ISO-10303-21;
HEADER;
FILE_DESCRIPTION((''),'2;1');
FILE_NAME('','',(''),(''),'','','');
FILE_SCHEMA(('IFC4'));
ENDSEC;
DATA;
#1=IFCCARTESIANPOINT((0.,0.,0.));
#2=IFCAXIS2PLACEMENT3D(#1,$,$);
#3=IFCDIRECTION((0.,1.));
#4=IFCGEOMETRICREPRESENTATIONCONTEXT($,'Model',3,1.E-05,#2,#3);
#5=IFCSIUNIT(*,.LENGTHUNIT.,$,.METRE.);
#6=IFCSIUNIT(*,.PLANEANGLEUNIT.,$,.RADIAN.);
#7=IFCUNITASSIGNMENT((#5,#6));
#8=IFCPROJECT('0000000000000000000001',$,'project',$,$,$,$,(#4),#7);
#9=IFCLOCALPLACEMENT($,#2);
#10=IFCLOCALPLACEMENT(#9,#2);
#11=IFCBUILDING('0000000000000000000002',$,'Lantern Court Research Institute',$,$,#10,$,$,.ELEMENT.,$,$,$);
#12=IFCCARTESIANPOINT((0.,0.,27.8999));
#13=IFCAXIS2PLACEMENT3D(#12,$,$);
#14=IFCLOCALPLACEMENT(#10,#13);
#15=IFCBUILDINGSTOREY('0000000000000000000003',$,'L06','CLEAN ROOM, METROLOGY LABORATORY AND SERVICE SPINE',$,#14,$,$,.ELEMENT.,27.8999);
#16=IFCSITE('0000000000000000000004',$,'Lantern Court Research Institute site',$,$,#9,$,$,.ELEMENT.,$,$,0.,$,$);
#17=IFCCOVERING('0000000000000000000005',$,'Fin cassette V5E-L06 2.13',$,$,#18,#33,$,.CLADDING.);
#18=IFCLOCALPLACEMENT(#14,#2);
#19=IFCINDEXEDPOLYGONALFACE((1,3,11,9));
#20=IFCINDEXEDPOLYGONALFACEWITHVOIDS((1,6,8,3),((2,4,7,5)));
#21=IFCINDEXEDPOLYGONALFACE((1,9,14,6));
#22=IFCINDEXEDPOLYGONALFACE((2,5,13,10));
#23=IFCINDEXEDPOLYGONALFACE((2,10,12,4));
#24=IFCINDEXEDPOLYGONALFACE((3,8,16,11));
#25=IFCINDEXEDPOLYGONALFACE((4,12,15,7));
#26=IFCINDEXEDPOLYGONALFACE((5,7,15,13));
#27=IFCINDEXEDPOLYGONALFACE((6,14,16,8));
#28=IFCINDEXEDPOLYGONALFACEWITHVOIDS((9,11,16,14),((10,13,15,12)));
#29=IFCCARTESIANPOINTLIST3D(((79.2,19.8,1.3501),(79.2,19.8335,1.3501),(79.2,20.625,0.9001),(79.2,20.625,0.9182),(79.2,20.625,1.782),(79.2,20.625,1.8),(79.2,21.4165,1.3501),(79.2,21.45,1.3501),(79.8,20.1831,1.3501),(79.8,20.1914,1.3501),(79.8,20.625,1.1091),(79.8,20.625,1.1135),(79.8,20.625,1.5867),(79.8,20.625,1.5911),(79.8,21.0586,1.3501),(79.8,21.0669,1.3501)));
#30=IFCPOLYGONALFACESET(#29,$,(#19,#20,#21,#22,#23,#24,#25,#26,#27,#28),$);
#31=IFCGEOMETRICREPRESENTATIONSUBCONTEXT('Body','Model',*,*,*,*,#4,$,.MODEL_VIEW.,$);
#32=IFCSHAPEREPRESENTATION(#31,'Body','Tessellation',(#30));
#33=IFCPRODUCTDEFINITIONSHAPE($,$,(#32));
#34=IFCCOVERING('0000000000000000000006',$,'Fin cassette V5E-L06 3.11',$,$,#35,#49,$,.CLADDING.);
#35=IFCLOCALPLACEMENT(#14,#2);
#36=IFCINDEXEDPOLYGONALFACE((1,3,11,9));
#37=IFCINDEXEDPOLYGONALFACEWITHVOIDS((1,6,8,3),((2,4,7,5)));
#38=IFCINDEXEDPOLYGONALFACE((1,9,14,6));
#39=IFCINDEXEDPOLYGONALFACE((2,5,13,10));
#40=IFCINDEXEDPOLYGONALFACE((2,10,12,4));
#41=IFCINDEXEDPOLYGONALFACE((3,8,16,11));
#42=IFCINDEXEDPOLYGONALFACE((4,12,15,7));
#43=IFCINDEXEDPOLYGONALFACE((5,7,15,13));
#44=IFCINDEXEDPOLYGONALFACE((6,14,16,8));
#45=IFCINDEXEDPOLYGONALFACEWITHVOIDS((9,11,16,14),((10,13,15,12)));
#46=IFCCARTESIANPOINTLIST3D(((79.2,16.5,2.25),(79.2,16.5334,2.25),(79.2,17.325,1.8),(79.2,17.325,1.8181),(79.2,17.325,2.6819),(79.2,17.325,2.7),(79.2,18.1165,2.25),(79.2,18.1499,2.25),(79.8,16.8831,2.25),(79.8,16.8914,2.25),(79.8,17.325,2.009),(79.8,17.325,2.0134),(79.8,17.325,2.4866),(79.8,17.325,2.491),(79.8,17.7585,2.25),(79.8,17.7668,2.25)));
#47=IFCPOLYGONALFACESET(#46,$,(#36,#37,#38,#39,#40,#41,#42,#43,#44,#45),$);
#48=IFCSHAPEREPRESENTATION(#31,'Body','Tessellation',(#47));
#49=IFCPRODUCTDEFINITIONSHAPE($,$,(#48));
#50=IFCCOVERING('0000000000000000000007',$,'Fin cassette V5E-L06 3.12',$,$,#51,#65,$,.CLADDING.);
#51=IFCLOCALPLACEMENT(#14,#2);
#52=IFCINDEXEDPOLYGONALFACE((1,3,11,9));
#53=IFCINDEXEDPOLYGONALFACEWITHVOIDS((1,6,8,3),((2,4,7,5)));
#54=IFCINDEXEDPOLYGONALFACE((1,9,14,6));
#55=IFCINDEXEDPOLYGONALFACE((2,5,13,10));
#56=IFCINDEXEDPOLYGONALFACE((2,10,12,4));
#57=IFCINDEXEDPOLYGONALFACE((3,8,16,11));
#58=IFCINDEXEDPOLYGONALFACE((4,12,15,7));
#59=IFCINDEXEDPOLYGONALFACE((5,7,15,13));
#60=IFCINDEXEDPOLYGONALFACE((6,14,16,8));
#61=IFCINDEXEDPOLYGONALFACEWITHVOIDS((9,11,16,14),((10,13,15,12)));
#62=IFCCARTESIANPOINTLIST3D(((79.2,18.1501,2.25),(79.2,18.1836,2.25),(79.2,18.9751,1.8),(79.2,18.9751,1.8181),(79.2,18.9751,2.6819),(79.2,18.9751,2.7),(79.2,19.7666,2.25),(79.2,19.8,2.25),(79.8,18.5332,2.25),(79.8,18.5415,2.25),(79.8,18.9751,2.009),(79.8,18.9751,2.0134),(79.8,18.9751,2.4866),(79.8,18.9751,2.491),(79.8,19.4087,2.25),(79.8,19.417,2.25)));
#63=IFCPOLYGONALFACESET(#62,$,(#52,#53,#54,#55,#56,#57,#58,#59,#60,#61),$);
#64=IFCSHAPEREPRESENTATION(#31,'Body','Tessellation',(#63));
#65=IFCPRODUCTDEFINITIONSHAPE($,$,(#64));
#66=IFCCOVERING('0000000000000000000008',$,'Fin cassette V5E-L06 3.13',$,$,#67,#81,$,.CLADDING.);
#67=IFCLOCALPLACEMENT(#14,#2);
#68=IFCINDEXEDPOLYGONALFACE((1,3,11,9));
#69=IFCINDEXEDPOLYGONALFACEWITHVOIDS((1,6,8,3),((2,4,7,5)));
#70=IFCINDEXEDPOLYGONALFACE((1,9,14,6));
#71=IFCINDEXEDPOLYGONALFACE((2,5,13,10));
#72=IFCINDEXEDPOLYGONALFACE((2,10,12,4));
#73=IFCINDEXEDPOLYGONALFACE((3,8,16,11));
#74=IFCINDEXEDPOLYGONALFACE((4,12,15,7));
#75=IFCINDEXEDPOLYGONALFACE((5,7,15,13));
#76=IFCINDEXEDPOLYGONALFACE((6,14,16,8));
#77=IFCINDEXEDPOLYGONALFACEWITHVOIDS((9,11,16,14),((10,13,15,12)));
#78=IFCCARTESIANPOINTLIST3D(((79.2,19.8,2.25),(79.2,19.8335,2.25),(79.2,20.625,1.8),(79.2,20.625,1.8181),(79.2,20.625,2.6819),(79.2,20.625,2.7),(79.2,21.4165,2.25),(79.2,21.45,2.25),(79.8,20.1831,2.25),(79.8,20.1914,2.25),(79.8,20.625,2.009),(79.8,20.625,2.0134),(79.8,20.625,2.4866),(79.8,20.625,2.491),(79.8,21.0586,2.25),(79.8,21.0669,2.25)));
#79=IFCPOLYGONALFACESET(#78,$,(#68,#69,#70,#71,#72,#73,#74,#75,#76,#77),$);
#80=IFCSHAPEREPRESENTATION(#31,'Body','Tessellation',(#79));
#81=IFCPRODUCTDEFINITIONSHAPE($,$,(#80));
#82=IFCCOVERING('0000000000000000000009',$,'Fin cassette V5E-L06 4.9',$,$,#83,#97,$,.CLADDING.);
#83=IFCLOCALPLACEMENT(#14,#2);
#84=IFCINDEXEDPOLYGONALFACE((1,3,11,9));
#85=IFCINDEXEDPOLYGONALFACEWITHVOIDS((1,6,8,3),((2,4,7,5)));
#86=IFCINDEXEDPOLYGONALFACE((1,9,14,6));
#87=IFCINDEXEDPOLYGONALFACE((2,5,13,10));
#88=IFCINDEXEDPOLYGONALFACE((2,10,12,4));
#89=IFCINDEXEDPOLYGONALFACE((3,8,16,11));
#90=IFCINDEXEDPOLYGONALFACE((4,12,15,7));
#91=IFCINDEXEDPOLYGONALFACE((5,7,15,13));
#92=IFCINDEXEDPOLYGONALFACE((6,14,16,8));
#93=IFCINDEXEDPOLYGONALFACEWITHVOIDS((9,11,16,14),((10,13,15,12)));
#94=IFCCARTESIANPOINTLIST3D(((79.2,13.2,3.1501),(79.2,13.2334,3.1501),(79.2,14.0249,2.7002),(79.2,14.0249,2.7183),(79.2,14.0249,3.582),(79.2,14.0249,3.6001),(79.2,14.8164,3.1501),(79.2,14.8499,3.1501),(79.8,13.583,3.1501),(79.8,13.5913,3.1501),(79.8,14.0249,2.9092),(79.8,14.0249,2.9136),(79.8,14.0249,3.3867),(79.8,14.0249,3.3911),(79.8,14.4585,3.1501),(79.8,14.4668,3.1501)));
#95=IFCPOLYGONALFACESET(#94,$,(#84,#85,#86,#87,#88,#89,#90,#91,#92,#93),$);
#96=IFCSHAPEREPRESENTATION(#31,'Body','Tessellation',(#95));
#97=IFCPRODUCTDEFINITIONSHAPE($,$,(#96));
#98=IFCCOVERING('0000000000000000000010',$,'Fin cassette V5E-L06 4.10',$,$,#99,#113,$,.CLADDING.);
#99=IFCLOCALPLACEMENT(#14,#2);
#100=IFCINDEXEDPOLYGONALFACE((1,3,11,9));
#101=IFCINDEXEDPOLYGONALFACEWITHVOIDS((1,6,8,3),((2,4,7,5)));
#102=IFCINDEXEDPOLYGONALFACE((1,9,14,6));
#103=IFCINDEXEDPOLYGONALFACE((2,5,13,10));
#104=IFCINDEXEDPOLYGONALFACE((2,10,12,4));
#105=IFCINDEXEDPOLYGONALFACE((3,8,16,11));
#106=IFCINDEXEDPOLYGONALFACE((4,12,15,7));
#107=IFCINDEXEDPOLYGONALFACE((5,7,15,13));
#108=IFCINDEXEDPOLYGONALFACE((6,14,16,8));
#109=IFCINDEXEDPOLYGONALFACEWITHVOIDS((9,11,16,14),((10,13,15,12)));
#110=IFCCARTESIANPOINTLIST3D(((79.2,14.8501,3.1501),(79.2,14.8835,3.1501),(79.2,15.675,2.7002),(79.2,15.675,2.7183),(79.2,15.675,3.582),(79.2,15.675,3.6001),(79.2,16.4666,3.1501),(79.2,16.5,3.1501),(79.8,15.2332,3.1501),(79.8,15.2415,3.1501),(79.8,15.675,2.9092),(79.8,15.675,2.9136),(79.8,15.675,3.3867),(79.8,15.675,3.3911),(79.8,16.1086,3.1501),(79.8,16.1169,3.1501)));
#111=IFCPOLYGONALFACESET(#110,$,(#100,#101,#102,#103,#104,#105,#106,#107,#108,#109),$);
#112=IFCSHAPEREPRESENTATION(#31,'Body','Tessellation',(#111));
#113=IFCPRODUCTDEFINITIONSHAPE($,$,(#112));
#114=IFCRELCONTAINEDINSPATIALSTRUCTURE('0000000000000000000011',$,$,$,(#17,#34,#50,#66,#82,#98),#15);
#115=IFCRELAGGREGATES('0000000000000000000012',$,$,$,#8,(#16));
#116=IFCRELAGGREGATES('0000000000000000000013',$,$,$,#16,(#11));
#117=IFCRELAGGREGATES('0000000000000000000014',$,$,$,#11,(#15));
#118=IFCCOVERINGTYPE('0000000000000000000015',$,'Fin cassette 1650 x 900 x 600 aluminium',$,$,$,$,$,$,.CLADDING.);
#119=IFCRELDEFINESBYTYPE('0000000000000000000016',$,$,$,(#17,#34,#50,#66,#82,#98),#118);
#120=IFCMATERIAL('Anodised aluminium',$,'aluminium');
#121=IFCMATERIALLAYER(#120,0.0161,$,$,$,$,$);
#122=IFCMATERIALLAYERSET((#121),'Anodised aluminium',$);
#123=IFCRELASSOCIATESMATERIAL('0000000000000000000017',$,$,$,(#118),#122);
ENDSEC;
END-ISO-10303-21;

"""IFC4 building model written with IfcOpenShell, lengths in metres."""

from ifc_helpers import new_model, entity, si_unit, direction, frame, origin, place, context, subcontext, project, spatial, material, layer, layer_set, type_object, element, save


model = new_model("IFC4")

# Units and contexts
model_context = context("Model", 3, precision=1e-05, world=origin(), true_north=direction((0.0, 1.0)))
body_context = subcontext(model_context, "Body", "Model", "MODEL_VIEW")
ifc_project = project(units=[si_unit("LENGTHUNIT", "METRE"), si_unit("PLANEANGLEUNIT", "RADIAN")], contexts=[model_context])

# Site, building, storey
site_placement = place(None, origin())
site = spatial("IfcSite", under=ifc_project, at=site_placement, Name="Lantern Court Research Institute site", CompositionType="ELEMENT", RefElevation=0.0)
building_placement = place(site_placement, origin())
building = spatial("IfcBuilding", under=site, at=building_placement, Name="Lantern Court Research Institute", CompositionType="ELEMENT")
storey_placement = place(building_placement, frame((0.0, 0.0, 27.8999)))
storey = spatial("IfcBuildingStorey", under=building, at=storey_placement, Name="L06", Description="CLEAN ROOM, METROLOGY LABORATORY AND SERVICE SPINE", CompositionType="ELEMENT", Elevation=27.8999)

# Coverings
ifc_material_1 = material(Name="Anodised aluminium", Category="aluminium")
ifc_layer_1 = layer(ifc_material_1, 0.0161)
ifc_layer_set_1 = layer_set([ifc_layer_1], Name="Anodised aluminium")
covering_type = type_object("IfcCoveringType", Name="Fin cassette 1650 x 900 x 600 aluminium", PredefinedType="CLADDING", material=ifc_layer_set_1)
covering_1_placement = place(storey_placement, frame((79.2, 20.625, 1.3501), z_axis=(1.0, 0.0, 0.0), x_axis=(0.0, 1.0, 0.0)))
cartesian_point_1 = entity("IfcCartesianPoint", [0.825, 0.0])
cartesian_point_2 = entity("IfcCartesianPoint", [0.7915, 0.0])
cartesian_point_3 = entity("IfcCartesianPoint", [0.4419, 0.0])
cartesian_point_4 = entity("IfcCartesianPoint", [0.4336, 0.0])
element("IfcCovering", 1, at=covering_1_placement, inside=storey, type_object=covering_type, Name="Fin cassette V5E-L06 2.13", PredefinedType="CLADDING", context=body_context, shape_type="SweptSolid", body=[
    entity("IfcExtrudedAreaSolidTapered", entity("IfcArbitraryProfileDefWithVoids", "AREA", None, entity("IfcPolyline", [cartesian_point_1, entity("IfcCartesianPoint", [0.0, 0.45]), entity("IfcCartesianPoint", [-0.825, 0.0]), entity("IfcCartesianPoint", [0.0, -0.45]), cartesian_point_1]), [entity("IfcPolyline", [cartesian_point_2, entity("IfcCartesianPoint", [0.0, 0.4319]), entity("IfcCartesianPoint", [-0.7915, 0.0]), entity("IfcCartesianPoint", [0.0, -0.4319]), cartesian_point_2])]), entity("IfcAxis2Placement3D", entity("IfcCartesianPoint", [0.0, 0.0, 0.0])), entity("IfcDirection", [0.0, 0.0, 1.0]), 0.6001, entity("IfcArbitraryProfileDefWithVoids", "AREA", None, entity("IfcPolyline", [cartesian_point_3, entity("IfcCartesianPoint", [0.0, 0.241]), entity("IfcCartesianPoint", [-0.4419, 0.0]), entity("IfcCartesianPoint", [0.0, -0.241]), cartesian_point_3]), [entity("IfcPolyline", [cartesian_point_4, entity("IfcCartesianPoint", [0.0, 0.2366]), entity("IfcCartesianPoint", [-0.4336, 0.0]), entity("IfcCartesianPoint", [0.0, -0.2366]), cartesian_point_4])])),
])
covering_2_placement = place(storey_placement, frame((79.2, 17.325, 2.25), z_axis=(1.0, 0.0, 0.0), x_axis=(0.0, 1.0, 0.0)))
cartesian_point_5 = entity("IfcCartesianPoint", [0.825, 0.0])
cartesian_point_6 = entity("IfcCartesianPoint", [0.7915, 0.0])
cartesian_point_7 = entity("IfcCartesianPoint", [0.4419, 0.0])
cartesian_point_8 = entity("IfcCartesianPoint", [0.4336, 0.0])
element("IfcCovering", 2, at=covering_2_placement, inside=storey, type_object=covering_type, Name="Fin cassette V5E-L06 3.11", PredefinedType="CLADDING", context=body_context, shape_type="SweptSolid", body=[
    entity("IfcExtrudedAreaSolidTapered", entity("IfcArbitraryProfileDefWithVoids", "AREA", None, entity("IfcPolyline", [cartesian_point_5, entity("IfcCartesianPoint", [0.0, 0.45]), entity("IfcCartesianPoint", [-0.825, 0.0]), entity("IfcCartesianPoint", [0.0, -0.45]), cartesian_point_5]), [entity("IfcPolyline", [cartesian_point_6, entity("IfcCartesianPoint", [0.0, 0.4319]), entity("IfcCartesianPoint", [-0.7915, 0.0]), entity("IfcCartesianPoint", [0.0, -0.4319]), cartesian_point_6])]), entity("IfcAxis2Placement3D", entity("IfcCartesianPoint", [0.0, 0.0, 0.0])), entity("IfcDirection", [0.0, 0.0, 1.0]), 0.6001, entity("IfcArbitraryProfileDefWithVoids", "AREA", None, entity("IfcPolyline", [cartesian_point_7, entity("IfcCartesianPoint", [0.0, 0.241]), entity("IfcCartesianPoint", [-0.4419, 0.0]), entity("IfcCartesianPoint", [0.0, -0.241]), cartesian_point_7]), [entity("IfcPolyline", [cartesian_point_8, entity("IfcCartesianPoint", [0.0, 0.2366]), entity("IfcCartesianPoint", [-0.4336, 0.0]), entity("IfcCartesianPoint", [0.0, -0.2366]), cartesian_point_8])])),
])
covering_3_placement = place(storey_placement, frame((79.2, 18.9751, 2.25), z_axis=(1.0, 0.0, 0.0), x_axis=(0.0, 1.0, 0.0)))
cartesian_point_9 = entity("IfcCartesianPoint", [0.825, 0.0])
cartesian_point_10 = entity("IfcCartesianPoint", [0.7915, 0.0])
cartesian_point_11 = entity("IfcCartesianPoint", [0.4419, 0.0])
cartesian_point_12 = entity("IfcCartesianPoint", [0.4336, 0.0])
element("IfcCovering", 3, at=covering_3_placement, inside=storey, type_object=covering_type, Name="Fin cassette V5E-L06 3.12", PredefinedType="CLADDING", context=body_context, shape_type="SweptSolid", body=[
    entity("IfcExtrudedAreaSolidTapered", entity("IfcArbitraryProfileDefWithVoids", "AREA", None, entity("IfcPolyline", [cartesian_point_9, entity("IfcCartesianPoint", [0.0, 0.45]), entity("IfcCartesianPoint", [-0.825, 0.0]), entity("IfcCartesianPoint", [0.0, -0.45]), cartesian_point_9]), [entity("IfcPolyline", [cartesian_point_10, entity("IfcCartesianPoint", [0.0, 0.4319]), entity("IfcCartesianPoint", [-0.7915, 0.0]), entity("IfcCartesianPoint", [0.0, -0.4319]), cartesian_point_10])]), entity("IfcAxis2Placement3D", entity("IfcCartesianPoint", [0.0, 0.0, 0.0])), entity("IfcDirection", [0.0, 0.0, 1.0]), 0.6001, entity("IfcArbitraryProfileDefWithVoids", "AREA", None, entity("IfcPolyline", [cartesian_point_11, entity("IfcCartesianPoint", [0.0, 0.241]), entity("IfcCartesianPoint", [-0.4419, 0.0]), entity("IfcCartesianPoint", [0.0, -0.241]), cartesian_point_11]), [entity("IfcPolyline", [cartesian_point_12, entity("IfcCartesianPoint", [0.0, 0.2366]), entity("IfcCartesianPoint", [-0.4336, 0.0]), entity("IfcCartesianPoint", [0.0, -0.2366]), cartesian_point_12])])),
])
covering_4_placement = place(storey_placement, frame((79.2, 20.625, 2.25), z_axis=(1.0, 0.0, 0.0), x_axis=(0.0, 1.0, 0.0)))
cartesian_point_13 = entity("IfcCartesianPoint", [0.825, 0.0])
cartesian_point_14 = entity("IfcCartesianPoint", [0.7915, 0.0])
cartesian_point_15 = entity("IfcCartesianPoint", [0.4419, 0.0])
cartesian_point_16 = entity("IfcCartesianPoint", [0.4336, 0.0])
element("IfcCovering", 4, at=covering_4_placement, inside=storey, type_object=covering_type, Name="Fin cassette V5E-L06 3.13", PredefinedType="CLADDING", context=body_context, shape_type="SweptSolid", body=[
    entity("IfcExtrudedAreaSolidTapered", entity("IfcArbitraryProfileDefWithVoids", "AREA", None, entity("IfcPolyline", [cartesian_point_13, entity("IfcCartesianPoint", [0.0, 0.45]), entity("IfcCartesianPoint", [-0.825, 0.0]), entity("IfcCartesianPoint", [0.0, -0.45]), cartesian_point_13]), [entity("IfcPolyline", [cartesian_point_14, entity("IfcCartesianPoint", [0.0, 0.4319]), entity("IfcCartesianPoint", [-0.7915, 0.0]), entity("IfcCartesianPoint", [0.0, -0.4319]), cartesian_point_14])]), entity("IfcAxis2Placement3D", entity("IfcCartesianPoint", [0.0, 0.0, 0.0])), entity("IfcDirection", [0.0, 0.0, 1.0]), 0.6001, entity("IfcArbitraryProfileDefWithVoids", "AREA", None, entity("IfcPolyline", [cartesian_point_15, entity("IfcCartesianPoint", [0.0, 0.241]), entity("IfcCartesianPoint", [-0.4419, 0.0]), entity("IfcCartesianPoint", [0.0, -0.241]), cartesian_point_15]), [entity("IfcPolyline", [cartesian_point_16, entity("IfcCartesianPoint", [0.0, 0.2366]), entity("IfcCartesianPoint", [-0.4336, 0.0]), entity("IfcCartesianPoint", [0.0, -0.2366]), cartesian_point_16])])),
])
covering_5_placement = place(storey_placement, frame((79.2, 14.0249, 3.1501), z_axis=(1.0, 0.0, 0.0), x_axis=(0.0, 1.0, 0.0)))
cartesian_point_17 = entity("IfcCartesianPoint", [0.825, 0.0])
cartesian_point_18 = entity("IfcCartesianPoint", [0.7915, 0.0])
cartesian_point_19 = entity("IfcCartesianPoint", [0.4419, 0.0])
cartesian_point_20 = entity("IfcCartesianPoint", [0.4336, 0.0])
element("IfcCovering", 5, at=covering_5_placement, inside=storey, type_object=covering_type, Name="Fin cassette V5E-L06 4.9", PredefinedType="CLADDING", context=body_context, shape_type="SweptSolid", body=[
    entity("IfcExtrudedAreaSolidTapered", entity("IfcArbitraryProfileDefWithVoids", "AREA", None, entity("IfcPolyline", [cartesian_point_17, entity("IfcCartesianPoint", [0.0, 0.45]), entity("IfcCartesianPoint", [-0.825, 0.0]), entity("IfcCartesianPoint", [0.0, -0.45]), cartesian_point_17]), [entity("IfcPolyline", [cartesian_point_18, entity("IfcCartesianPoint", [0.0, 0.4319]), entity("IfcCartesianPoint", [-0.7915, 0.0]), entity("IfcCartesianPoint", [0.0, -0.4319]), cartesian_point_18])]), entity("IfcAxis2Placement3D", entity("IfcCartesianPoint", [0.0, 0.0, 0.0])), entity("IfcDirection", [0.0, 0.0, 1.0]), 0.6001, entity("IfcArbitraryProfileDefWithVoids", "AREA", None, entity("IfcPolyline", [cartesian_point_19, entity("IfcCartesianPoint", [0.0, 0.241]), entity("IfcCartesianPoint", [-0.4419, 0.0]), entity("IfcCartesianPoint", [0.0, -0.241]), cartesian_point_19]), [entity("IfcPolyline", [cartesian_point_20, entity("IfcCartesianPoint", [0.0, 0.2366]), entity("IfcCartesianPoint", [-0.4336, 0.0]), entity("IfcCartesianPoint", [0.0, -0.2366]), cartesian_point_20])])),
])
covering_6_placement = place(storey_placement, frame((79.2, 15.675, 3.1501), z_axis=(1.0, 0.0, 0.0), x_axis=(0.0, 1.0, 0.0)))
cartesian_point_21 = entity("IfcCartesianPoint", [0.825, 0.0])
cartesian_point_22 = entity("IfcCartesianPoint", [0.7915, 0.0])
cartesian_point_23 = entity("IfcCartesianPoint", [0.4419, 0.0])
cartesian_point_24 = entity("IfcCartesianPoint", [0.4336, 0.0])
element("IfcCovering", 6, at=covering_6_placement, inside=storey, type_object=covering_type, Name="Fin cassette V5E-L06 4.10", PredefinedType="CLADDING", context=body_context, shape_type="SweptSolid", body=[
    entity("IfcExtrudedAreaSolidTapered", entity("IfcArbitraryProfileDefWithVoids", "AREA", None, entity("IfcPolyline", [cartesian_point_21, entity("IfcCartesianPoint", [0.0, 0.45]), entity("IfcCartesianPoint", [-0.825, 0.0]), entity("IfcCartesianPoint", [0.0, -0.45]), cartesian_point_21]), [entity("IfcPolyline", [cartesian_point_22, entity("IfcCartesianPoint", [0.0, 0.4319]), entity("IfcCartesianPoint", [-0.7915, 0.0]), entity("IfcCartesianPoint", [0.0, -0.4319]), cartesian_point_22])]), entity("IfcAxis2Placement3D", entity("IfcCartesianPoint", [0.0, 0.0, 0.0])), entity("IfcDirection", [0.0, 0.0, 1.0]), 0.6001, entity("IfcArbitraryProfileDefWithVoids", "AREA", None, entity("IfcPolyline", [cartesian_point_23, entity("IfcCartesianPoint", [0.0, 0.241]), entity("IfcCartesianPoint", [-0.4419, 0.0]), entity("IfcCartesianPoint", [0.0, -0.241]), cartesian_point_23]), [entity("IfcPolyline", [cartesian_point_24, entity("IfcCartesianPoint", [0.0, 0.2366]), entity("IfcCartesianPoint", [-0.4336, 0.0]), entity("IfcCartesianPoint", [0.0, -0.2366]), cartesian_point_24])])),
])

save(model, "model.ifc")
